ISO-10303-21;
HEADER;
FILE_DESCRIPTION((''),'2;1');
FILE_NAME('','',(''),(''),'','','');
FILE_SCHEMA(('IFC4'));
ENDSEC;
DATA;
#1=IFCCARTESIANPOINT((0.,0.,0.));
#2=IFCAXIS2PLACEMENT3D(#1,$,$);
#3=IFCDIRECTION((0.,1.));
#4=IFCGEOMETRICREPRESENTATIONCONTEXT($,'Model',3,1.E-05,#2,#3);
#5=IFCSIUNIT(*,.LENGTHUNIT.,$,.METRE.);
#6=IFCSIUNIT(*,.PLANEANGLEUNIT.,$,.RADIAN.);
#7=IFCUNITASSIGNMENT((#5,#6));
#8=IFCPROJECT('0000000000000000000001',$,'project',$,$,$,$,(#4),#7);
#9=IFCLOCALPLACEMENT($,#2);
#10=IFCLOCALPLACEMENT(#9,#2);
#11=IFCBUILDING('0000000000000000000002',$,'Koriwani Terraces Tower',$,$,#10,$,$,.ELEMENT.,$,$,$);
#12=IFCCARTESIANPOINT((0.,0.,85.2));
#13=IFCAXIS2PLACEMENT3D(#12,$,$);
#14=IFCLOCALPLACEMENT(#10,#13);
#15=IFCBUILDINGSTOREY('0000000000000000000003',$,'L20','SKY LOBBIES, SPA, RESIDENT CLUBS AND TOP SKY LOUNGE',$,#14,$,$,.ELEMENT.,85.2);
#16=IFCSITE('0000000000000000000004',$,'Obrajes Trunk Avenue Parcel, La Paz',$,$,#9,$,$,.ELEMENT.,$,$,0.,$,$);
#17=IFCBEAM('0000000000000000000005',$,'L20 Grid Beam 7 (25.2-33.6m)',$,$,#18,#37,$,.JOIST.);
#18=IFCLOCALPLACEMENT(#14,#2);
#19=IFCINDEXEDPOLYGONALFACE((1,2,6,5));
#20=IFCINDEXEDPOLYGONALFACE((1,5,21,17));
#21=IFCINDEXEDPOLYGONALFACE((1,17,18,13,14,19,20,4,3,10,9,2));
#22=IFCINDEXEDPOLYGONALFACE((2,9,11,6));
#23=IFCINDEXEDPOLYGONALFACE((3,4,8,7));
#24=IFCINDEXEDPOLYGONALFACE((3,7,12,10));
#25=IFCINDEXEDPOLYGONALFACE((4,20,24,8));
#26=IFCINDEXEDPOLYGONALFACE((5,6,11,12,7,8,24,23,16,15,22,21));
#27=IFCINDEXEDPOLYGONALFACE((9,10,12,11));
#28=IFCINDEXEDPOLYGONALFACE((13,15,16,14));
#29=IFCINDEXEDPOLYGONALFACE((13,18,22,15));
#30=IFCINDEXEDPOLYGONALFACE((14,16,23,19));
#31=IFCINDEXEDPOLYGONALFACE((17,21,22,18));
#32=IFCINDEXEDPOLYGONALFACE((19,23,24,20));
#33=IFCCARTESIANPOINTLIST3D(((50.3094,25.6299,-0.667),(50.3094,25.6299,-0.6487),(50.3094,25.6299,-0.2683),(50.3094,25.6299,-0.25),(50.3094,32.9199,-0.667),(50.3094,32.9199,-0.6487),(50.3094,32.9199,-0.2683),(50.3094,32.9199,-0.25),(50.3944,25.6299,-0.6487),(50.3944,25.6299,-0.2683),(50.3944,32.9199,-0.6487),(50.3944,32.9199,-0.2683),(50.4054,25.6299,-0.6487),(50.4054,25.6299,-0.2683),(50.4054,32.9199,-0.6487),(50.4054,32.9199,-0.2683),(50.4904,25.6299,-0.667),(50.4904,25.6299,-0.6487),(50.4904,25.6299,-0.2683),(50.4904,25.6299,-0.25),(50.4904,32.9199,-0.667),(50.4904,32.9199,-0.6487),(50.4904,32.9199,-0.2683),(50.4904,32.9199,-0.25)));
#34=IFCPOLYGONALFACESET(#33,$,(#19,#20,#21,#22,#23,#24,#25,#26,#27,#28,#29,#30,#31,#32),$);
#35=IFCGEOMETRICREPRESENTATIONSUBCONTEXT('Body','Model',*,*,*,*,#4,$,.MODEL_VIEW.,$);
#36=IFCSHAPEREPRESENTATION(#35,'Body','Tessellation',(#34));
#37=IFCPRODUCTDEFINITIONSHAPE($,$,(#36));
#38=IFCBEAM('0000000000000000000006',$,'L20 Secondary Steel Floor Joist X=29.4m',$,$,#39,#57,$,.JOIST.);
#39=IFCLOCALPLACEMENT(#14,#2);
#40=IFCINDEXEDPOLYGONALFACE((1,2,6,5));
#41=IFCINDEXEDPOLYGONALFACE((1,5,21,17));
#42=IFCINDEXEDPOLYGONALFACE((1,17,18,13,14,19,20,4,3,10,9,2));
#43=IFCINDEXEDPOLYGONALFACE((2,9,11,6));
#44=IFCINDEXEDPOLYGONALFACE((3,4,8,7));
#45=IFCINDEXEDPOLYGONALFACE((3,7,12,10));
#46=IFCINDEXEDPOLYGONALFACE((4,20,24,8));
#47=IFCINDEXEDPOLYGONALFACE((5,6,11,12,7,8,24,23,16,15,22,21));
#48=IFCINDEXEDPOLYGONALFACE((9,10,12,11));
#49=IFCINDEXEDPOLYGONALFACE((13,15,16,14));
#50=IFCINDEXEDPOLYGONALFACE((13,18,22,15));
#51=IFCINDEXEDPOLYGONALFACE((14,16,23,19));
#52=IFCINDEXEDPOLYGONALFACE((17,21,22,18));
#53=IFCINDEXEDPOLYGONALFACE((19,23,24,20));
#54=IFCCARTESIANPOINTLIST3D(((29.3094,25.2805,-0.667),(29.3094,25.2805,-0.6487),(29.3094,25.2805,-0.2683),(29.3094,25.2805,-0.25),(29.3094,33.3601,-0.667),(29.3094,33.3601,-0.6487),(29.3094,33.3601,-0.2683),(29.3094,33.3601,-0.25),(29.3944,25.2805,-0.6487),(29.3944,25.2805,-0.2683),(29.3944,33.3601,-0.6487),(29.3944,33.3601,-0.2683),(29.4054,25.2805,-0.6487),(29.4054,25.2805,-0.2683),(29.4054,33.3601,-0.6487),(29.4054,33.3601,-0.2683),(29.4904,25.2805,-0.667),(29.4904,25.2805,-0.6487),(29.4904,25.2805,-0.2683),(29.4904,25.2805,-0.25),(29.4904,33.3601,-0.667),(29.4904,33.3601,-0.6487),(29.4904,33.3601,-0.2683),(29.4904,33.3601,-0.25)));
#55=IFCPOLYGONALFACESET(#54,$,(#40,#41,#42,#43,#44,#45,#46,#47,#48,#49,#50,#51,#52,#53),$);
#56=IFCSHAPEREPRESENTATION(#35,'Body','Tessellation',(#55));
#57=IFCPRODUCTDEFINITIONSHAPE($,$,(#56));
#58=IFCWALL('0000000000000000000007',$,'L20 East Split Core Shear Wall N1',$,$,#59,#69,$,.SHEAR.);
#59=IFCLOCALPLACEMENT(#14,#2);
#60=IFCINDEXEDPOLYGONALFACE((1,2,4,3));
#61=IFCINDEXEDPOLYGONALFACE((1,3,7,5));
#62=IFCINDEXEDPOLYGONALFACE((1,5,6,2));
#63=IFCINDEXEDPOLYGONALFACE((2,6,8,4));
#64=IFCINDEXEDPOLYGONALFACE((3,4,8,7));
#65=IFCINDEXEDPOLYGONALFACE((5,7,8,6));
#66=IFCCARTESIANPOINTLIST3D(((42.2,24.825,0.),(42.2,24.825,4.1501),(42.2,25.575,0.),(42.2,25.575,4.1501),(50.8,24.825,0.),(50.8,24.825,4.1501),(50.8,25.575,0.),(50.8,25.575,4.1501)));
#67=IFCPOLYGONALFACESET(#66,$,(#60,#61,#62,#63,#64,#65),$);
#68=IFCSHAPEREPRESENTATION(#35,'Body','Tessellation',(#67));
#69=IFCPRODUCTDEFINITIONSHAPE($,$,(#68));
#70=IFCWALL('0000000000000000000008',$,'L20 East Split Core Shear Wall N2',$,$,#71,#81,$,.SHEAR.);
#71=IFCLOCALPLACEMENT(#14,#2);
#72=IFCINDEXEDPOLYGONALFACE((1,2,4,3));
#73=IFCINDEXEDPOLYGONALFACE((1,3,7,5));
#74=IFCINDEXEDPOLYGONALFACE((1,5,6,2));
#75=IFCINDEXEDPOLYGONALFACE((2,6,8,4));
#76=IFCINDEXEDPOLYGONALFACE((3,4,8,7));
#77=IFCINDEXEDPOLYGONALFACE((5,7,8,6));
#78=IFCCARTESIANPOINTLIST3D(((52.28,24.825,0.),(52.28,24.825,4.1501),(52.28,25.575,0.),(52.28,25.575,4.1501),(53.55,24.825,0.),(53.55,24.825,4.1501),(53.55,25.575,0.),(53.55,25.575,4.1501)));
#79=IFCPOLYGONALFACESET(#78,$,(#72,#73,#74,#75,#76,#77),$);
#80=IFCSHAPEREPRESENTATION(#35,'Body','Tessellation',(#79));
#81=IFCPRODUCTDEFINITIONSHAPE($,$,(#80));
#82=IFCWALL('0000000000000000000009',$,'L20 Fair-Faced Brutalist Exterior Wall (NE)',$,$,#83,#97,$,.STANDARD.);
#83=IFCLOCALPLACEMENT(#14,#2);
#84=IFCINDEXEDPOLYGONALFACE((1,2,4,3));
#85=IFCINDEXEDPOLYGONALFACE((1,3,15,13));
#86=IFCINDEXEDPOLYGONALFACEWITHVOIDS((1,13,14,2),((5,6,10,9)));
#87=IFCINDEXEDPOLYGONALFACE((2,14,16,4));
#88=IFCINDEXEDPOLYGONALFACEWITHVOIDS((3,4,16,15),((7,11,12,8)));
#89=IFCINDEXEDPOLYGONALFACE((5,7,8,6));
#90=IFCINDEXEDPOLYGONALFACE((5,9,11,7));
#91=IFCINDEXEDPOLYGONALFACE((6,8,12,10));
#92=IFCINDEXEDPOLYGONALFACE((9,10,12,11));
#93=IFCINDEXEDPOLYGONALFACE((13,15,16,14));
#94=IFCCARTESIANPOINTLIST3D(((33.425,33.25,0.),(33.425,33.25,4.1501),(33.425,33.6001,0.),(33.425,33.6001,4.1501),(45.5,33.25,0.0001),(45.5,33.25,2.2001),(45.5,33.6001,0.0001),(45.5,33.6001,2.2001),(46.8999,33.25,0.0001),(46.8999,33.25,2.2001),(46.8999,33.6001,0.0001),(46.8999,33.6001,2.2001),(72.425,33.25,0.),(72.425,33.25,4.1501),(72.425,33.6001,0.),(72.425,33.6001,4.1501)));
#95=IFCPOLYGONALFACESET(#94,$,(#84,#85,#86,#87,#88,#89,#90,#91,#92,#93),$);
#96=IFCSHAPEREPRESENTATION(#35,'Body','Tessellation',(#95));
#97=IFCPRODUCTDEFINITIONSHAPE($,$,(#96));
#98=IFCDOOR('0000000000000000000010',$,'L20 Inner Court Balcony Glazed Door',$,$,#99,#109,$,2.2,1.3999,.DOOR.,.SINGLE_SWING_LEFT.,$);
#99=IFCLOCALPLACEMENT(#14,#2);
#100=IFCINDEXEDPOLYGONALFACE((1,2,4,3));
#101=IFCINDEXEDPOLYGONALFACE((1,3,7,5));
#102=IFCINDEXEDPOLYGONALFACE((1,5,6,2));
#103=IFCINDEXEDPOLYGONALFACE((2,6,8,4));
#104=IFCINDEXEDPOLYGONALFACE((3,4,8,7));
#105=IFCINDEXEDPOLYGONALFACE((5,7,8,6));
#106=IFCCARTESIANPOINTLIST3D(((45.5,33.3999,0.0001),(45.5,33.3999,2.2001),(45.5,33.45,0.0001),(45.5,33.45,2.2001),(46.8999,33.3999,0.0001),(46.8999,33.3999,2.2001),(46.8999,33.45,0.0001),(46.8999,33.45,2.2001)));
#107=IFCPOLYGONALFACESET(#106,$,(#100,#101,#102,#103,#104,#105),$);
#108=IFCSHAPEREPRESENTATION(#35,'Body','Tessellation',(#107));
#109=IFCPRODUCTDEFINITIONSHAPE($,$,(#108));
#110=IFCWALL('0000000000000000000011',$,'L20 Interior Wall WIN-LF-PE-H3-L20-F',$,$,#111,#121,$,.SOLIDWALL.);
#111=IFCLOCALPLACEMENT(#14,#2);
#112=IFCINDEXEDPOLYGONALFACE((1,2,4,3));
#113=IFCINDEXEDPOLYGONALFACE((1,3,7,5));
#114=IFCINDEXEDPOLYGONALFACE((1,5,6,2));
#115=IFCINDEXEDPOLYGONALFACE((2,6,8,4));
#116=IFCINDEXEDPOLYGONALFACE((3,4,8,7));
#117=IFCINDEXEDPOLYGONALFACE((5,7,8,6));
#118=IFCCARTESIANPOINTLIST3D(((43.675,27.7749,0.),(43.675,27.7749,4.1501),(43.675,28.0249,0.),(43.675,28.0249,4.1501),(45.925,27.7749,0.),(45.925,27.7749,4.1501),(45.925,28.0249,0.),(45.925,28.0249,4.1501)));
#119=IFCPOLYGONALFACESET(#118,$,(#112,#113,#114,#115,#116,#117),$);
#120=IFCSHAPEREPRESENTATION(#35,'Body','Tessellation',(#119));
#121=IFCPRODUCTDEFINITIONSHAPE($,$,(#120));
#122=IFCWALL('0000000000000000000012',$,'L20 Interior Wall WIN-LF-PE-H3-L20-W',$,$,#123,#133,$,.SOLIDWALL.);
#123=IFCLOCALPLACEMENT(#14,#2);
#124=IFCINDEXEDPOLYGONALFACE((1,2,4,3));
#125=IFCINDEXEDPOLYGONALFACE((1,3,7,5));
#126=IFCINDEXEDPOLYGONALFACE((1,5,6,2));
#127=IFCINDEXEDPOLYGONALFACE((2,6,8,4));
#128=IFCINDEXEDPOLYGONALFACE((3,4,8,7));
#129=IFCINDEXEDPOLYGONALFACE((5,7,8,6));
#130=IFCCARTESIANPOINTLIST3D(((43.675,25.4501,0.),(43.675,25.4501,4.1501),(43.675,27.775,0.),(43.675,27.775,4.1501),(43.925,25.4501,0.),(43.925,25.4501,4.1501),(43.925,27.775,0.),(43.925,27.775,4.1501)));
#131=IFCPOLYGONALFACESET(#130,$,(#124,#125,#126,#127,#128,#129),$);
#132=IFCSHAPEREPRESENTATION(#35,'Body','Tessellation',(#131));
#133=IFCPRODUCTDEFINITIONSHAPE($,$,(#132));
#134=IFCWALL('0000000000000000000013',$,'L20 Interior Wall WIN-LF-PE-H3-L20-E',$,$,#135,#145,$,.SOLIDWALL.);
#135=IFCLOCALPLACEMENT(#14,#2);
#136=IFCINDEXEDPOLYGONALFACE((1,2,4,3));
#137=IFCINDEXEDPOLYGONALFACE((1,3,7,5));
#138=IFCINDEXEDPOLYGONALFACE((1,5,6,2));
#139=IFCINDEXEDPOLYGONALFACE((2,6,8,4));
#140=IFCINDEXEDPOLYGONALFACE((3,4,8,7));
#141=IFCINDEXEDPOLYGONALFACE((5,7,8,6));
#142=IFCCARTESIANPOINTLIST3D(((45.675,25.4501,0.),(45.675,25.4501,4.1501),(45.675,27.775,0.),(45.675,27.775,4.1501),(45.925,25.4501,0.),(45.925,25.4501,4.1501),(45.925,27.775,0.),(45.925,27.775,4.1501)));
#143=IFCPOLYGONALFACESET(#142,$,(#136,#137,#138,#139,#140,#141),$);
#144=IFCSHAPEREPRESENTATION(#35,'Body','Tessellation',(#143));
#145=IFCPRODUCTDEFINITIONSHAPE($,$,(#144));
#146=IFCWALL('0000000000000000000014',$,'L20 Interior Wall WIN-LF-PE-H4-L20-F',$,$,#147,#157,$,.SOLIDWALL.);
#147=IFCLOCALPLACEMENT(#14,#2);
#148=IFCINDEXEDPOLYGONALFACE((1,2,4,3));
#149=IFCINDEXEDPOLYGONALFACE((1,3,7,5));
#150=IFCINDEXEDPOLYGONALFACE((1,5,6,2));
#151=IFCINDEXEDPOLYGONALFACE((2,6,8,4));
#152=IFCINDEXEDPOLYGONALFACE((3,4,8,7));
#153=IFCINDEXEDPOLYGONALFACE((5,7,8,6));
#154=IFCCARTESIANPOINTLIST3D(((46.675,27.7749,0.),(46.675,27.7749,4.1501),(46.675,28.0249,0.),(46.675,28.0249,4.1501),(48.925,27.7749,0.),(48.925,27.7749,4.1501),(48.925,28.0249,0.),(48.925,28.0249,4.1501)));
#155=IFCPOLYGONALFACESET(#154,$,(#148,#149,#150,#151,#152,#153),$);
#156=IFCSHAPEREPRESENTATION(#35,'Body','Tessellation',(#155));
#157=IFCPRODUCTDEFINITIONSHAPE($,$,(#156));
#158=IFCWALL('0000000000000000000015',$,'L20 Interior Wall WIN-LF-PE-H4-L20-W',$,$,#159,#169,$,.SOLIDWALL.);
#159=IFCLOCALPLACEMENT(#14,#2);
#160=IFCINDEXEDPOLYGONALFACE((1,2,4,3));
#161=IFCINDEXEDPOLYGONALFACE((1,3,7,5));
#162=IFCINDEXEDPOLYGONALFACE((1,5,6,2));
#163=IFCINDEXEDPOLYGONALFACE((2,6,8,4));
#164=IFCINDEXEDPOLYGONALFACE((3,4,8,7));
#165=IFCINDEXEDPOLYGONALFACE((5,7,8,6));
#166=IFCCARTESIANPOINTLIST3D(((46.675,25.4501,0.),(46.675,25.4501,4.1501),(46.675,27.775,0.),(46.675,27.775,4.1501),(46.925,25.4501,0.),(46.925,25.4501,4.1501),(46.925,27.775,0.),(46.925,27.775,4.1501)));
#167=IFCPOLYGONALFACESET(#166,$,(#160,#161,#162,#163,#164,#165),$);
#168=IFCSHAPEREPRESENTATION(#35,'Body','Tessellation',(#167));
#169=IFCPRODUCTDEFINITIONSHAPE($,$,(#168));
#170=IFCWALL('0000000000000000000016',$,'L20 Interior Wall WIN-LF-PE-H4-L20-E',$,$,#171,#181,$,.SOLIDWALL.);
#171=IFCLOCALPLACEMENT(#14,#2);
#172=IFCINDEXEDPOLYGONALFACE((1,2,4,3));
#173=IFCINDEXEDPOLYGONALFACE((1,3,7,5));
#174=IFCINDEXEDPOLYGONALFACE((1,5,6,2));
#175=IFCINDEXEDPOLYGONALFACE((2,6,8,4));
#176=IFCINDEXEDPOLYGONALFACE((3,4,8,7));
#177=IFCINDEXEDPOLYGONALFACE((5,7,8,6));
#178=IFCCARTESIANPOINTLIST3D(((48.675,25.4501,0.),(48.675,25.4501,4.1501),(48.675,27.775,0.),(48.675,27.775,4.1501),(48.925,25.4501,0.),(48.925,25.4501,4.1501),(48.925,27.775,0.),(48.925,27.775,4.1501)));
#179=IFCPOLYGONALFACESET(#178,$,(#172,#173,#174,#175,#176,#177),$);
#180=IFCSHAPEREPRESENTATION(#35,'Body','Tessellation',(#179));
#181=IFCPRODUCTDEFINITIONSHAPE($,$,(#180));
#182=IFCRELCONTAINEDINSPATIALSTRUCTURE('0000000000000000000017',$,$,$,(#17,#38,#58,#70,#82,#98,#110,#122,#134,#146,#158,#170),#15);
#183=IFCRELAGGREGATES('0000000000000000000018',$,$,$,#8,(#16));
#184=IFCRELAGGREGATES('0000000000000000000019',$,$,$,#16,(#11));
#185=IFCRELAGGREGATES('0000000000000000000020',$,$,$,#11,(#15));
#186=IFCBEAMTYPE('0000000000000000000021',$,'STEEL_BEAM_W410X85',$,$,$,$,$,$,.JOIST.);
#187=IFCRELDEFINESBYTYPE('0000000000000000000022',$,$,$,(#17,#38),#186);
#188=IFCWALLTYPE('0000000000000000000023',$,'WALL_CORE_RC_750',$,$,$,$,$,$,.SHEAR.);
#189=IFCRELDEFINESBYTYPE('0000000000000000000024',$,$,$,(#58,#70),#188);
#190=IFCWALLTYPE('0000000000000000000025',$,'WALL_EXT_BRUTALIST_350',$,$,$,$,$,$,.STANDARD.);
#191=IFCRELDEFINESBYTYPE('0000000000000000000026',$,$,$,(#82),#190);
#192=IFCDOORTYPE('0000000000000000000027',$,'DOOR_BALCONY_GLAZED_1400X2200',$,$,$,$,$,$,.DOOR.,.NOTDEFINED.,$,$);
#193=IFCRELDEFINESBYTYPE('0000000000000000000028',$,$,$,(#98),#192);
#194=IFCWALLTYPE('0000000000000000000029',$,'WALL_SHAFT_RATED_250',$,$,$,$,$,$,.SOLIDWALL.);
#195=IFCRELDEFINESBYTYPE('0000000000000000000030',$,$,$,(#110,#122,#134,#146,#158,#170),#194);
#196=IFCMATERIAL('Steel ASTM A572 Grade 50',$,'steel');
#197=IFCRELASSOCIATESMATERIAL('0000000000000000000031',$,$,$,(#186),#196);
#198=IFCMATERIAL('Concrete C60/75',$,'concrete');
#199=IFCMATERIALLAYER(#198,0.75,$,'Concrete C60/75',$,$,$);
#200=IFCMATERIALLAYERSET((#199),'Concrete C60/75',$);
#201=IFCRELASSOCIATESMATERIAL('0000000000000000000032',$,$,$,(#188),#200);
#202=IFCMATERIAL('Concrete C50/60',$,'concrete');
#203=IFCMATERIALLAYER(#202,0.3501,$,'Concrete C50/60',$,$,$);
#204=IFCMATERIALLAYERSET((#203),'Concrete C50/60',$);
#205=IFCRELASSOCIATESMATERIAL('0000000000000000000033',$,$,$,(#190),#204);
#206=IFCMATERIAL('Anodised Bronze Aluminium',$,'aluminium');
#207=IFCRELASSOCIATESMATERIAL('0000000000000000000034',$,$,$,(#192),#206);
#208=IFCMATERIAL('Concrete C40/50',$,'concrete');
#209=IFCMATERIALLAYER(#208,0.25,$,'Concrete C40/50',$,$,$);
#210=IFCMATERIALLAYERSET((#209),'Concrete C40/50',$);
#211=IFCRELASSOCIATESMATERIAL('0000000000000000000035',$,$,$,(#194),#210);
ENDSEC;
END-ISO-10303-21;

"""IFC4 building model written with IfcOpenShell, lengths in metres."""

from ifc_helpers import new_model, si_unit, direction, frame, frame_2d, origin, origin_2d, place, context, subcontext, project, spatial, rectangle, i_section, extrude, material, layer, layer_set, material_profile, profile_set, type_object, element, fill, save


model = new_model("IFC4")

# Units and contexts
model_context = context("Model", 3, precision=1e-05, world=origin(), true_north=direction((0.0, 1.0)))
body_context = subcontext(model_context, "Body", "Model", "MODEL_VIEW")
ifc_project = project(units=[si_unit("LENGTHUNIT", "METRE"), si_unit("PLANEANGLEUNIT", "RADIAN")], contexts=[model_context])

# Site, building, storey
site_placement = place(None, origin())
site = spatial("IfcSite", under=ifc_project, at=site_placement, Name="Obrajes Trunk Avenue Parcel, La Paz", CompositionType="ELEMENT", RefElevation=0.0)
building_placement = place(site_placement, origin())
building = spatial("IfcBuilding", under=site, at=building_placement, Name="Koriwani Terraces Tower", CompositionType="ELEMENT")
storey_placement = place(building_placement, frame((0.0, 0.0, 85.2)))
storey = spatial("IfcBuildingStorey", under=building, at=storey_placement, Name="L20", Description="SKY LOBBIES, SPA, RESIDENT CLUBS AND TOP SKY LOUNGE", CompositionType="ELEMENT", Elevation=85.2)

# Shared definitions
ifc_material_1 = material(Name="Concrete C60/75", Category="concrete")

# Beams
ifc_material_2 = material(Name="Concrete C40/50", Category="concrete")
ifc_material_3 = material(Name="Concrete C50/60", Category="concrete")
ifc_material_4 = material(Name="Steel ASTM A572 Grade 50", Category="steel")
ifc_material_profile_1 = material_profile(ifc_material_4, i_section(OverallWidth=0.1809, OverallDepth=0.417, WebThickness=0.011, FlangeThickness=0.0183, at=origin_2d()), Name="Steel ASTM A572 Grade 50", Category="LoadBearing")
ifc_profile_set_1 = profile_set([ifc_material_profile_1], Name="Steel ASTM A572 Grade 50")
beam_type_1 = type_object("IfcBeamType", Name="STEEL_BEAM_W410X85", PredefinedType="JOIST", material=ifc_profile_set_1)
beam_1_placement = place(storey_placement, frame((50.3999, 25.6299, -0.4585), z_axis=(0.0, 1.0, 0.0), x_axis=(-1.0, 0.0, 0.0)))
element("IfcBeam", 1, at=beam_1_placement, inside=storey, type_object=beam_type_1, Name="L20 Grid Beam 7 (25.2-33.6m)", PredefinedType="JOIST", context=body_context, shape_type="SweptSolid", body=[
    extrude(i_section(OverallWidth=0.1809, OverallDepth=0.417, WebThickness=0.011, FlangeThickness=0.0183, at=origin_2d()), origin(), (0.0, 0.0, 1.0), 7.29),
])
beam_2_placement = place(storey_placement, frame((29.3999, 25.2805, -0.4585), z_axis=(0.0, 1.0, 0.0), x_axis=(-1.0, 0.0, 0.0)))
element("IfcBeam", 2, at=beam_2_placement, inside=storey, type_object=beam_type_1, Name="L20 Secondary Steel Floor Joist X=29.4m", PredefinedType="JOIST", context=body_context, shape_type="SweptSolid", body=[
    extrude(i_section(OverallWidth=0.1809, OverallDepth=0.417, WebThickness=0.011, FlangeThickness=0.0183, at=origin_2d()), origin(), (0.0, 0.0, 1.0), 8.0796),
])

# Walls
ifc_layer_1 = layer(ifc_material_1, 0.75, Name="Concrete C60/75")
ifc_layer_set_1 = layer_set([ifc_layer_1], Name="Concrete C60/75")
wall_type_1 = type_object("IfcWallType", Name="WALL_CORE_RC_750", PredefinedType="SHEAR", material=ifc_layer_set_1)
wall_1_placement = place(storey_placement, frame((42.2, 25.2, 0.0), z_axis=(0.0, 0.0, 1.0), x_axis=(1.0, 0.0, 0.0)))
element("IfcWall", 3, at=wall_1_placement, inside=storey, type_object=wall_type_1, Name="L20 East Split Core Shear Wall N1", PredefinedType="SHEAR", context=body_context, shape_type="SweptSolid", body=[
    extrude(rectangle(XDim=8.6001, YDim=0.75, at=frame_2d((4.3, 0.0))), origin(), (0.0, 0.0, 1.0), 4.1501),
])
wall_2_placement = place(storey_placement, frame((52.28, 25.2, 0.0), z_axis=(0.0, 0.0, 1.0), x_axis=(1.0, 0.0, 0.0)))
element("IfcWall", 4, at=wall_2_placement, inside=storey, type_object=wall_type_1, Name="L20 East Split Core Shear Wall N2", PredefinedType="SHEAR", context=body_context, shape_type="SweptSolid", body=[
    extrude(rectangle(XDim=1.27, YDim=0.75, at=frame_2d((0.635, 0.0))), origin(), (0.0, 0.0, 1.0), 4.1501),
])

# Wall, opening, door
ifc_layer_2 = layer(ifc_material_3, 0.3501, Name="Concrete C50/60")
ifc_layer_set_2 = layer_set([ifc_layer_2], Name="Concrete C50/60")
wall_type_2 = type_object("IfcWallType", Name="WALL_EXT_BRUTALIST_350", PredefinedType="STANDARD", material=ifc_layer_set_2)
wall_3_placement = place(storey_placement, frame((33.425, 33.425, 0.0), z_axis=(0.0, 0.0, 1.0), x_axis=(1.0, 0.0, 0.0)))
wall_3 = element("IfcWall", 5, at=wall_3_placement, inside=storey, type_object=wall_type_2, Name="L20 Fair-Faced Brutalist Exterior Wall (NE)", PredefinedType="STANDARD", context=body_context, shape_type="SweptSolid", body=[
    extrude(rectangle(XDim=39.0, YDim=0.3501, at=frame_2d((19.5, 0.0))), origin(), (0.0, 0.0, 1.0), 4.1501),
])
opening_1_placement = place(wall_3_placement, frame((12.075, 0.0, 0.0)))
opening_1 = element("IfcOpeningElement", 6, at=opening_1_placement, cuts=wall_3, PredefinedType="OPENING", context=body_context, shape_type="SweptSolid", body=[
    extrude(rectangle(XDim=1.3999, YDim=2.2, at=frame_2d((0.7, 1.1001))), frame((0.0, 0.1851, 0.0), z_axis=(0.0, -1.0, 0.0), x_axis=(1.0, 0.0, 0.0)), (0.0, 0.0, 1.0), 0.3701),
])
ifc_material_5 = material(Name="Anodised Bronze Aluminium", Category="aluminium")
door_type_1 = type_object("IfcDoorType", Name="DOOR_BALCONY_GLAZED_1400X2200", OperationType="NOTDEFINED", PredefinedType="DOOR", material=ifc_material_5)
door_1_placement = place(opening_1_placement, origin())
door_1 = element("IfcDoor", 7, at=door_1_placement, inside=storey, type_object=door_type_1, Name="L20 Inner Court Balcony Glazed Door", OperationType="SINGLE_SWING_LEFT", OverallHeight=2.2, OverallWidth=1.3999, PredefinedType="DOOR", context=body_context, shape_type="SweptSolid", body=[
    extrude(rectangle(XDim=1.3999, YDim=2.2, at=frame_2d((0.7, 1.1001))), frame((0.0, 0.0249, 0.0), z_axis=(0.0, -1.0, 0.0), x_axis=(1.0, 0.0, 0.0)), (0.0, 0.0, 1.0), 0.05),
])
fill(opening_1, door_1)
ifc_layer_3 = layer(ifc_material_2, 0.25, Name="Concrete C40/50")
ifc_layer_set_3 = layer_set([ifc_layer_3], Name="Concrete C40/50")
wall_type_3 = type_object("IfcWallType", Name="WALL_SHAFT_RATED_250", PredefinedType="SOLIDWALL", material=ifc_layer_set_3)

# Walls
wall_4_placement = place(storey_placement, frame((43.675, 27.8999, 0.0), z_axis=(0.0, 0.0, 1.0), x_axis=(1.0, 0.0, 0.0)))
element("IfcWall", 8, at=wall_4_placement, inside=storey, type_object=wall_type_3, Name="L20 Interior Wall WIN-LF-PE-H3-L20-F", PredefinedType="SOLIDWALL", context=body_context, shape_type="SweptSolid", body=[
    extrude(rectangle(XDim=2.25, YDim=0.25, at=frame_2d((1.125, 0.0))), origin(), (0.0, 0.0, 1.0), 4.1501),
])
for number, where, z_axis, x_axis, name in (
    (9, (43.8, 25.45, 0.0), (0.0, 0.0, 1.0), (0.0, 1.0, 0.0), "L20 Interior Wall WIN-LF-PE-H3-L20-W"),
    (10, (45.8, 25.45, 0.0), (0.0, 0.0, 1.0), (0.0, 1.0, 0.0), "L20 Interior Wall WIN-LF-PE-H3-L20-E"),
):
    element("IfcWall", number, at=place(storey_placement, frame(where, z_axis=z_axis, x_axis=x_axis)), inside=storey, type_object=wall_type_3, Name=name, PredefinedType="SOLIDWALL", context=body_context, shape_type="SweptSolid", body=[
        extrude(rectangle(XDim=2.325, YDim=0.25, at=frame_2d((1.1626, 0.0))), origin(), (0.0, 0.0, 1.0), 4.1501),
    ])
wall_5_placement = place(storey_placement, frame((46.675, 27.8999, 0.0), z_axis=(0.0, 0.0, 1.0), x_axis=(1.0, 0.0, 0.0)))
element("IfcWall", 11, at=wall_5_placement, inside=storey, type_object=wall_type_3, Name="L20 Interior Wall WIN-LF-PE-H4-L20-F", PredefinedType="SOLIDWALL", context=body_context, shape_type="SweptSolid", body=[
    extrude(rectangle(XDim=2.25, YDim=0.25, at=frame_2d((1.125, 0.0))), origin(), (0.0, 0.0, 1.0), 4.1501),
])
for number, where, z_axis, x_axis, name in (
    (12, (46.8, 25.45, 0.0), (0.0, 0.0, 1.0), (0.0, 1.0, 0.0), "L20 Interior Wall WIN-LF-PE-H4-L20-W"),
    (13, (48.8, 25.45, 0.0), (0.0, 0.0, 1.0), (0.0, 1.0, 0.0), "L20 Interior Wall WIN-LF-PE-H4-L20-E"),
):
    element("IfcWall", number, at=place(storey_placement, frame(where, z_axis=z_axis, x_axis=x_axis)), inside=storey, type_object=wall_type_3, Name=name, PredefinedType="SOLIDWALL", context=body_context, shape_type="SweptSolid", body=[
        extrude(rectangle(XDim=2.325, YDim=0.25, at=frame_2d((1.1626, 0.0))), origin(), (0.0, 0.0, 1.0), 4.1501),
    ])

save(model, "model.ifc")
